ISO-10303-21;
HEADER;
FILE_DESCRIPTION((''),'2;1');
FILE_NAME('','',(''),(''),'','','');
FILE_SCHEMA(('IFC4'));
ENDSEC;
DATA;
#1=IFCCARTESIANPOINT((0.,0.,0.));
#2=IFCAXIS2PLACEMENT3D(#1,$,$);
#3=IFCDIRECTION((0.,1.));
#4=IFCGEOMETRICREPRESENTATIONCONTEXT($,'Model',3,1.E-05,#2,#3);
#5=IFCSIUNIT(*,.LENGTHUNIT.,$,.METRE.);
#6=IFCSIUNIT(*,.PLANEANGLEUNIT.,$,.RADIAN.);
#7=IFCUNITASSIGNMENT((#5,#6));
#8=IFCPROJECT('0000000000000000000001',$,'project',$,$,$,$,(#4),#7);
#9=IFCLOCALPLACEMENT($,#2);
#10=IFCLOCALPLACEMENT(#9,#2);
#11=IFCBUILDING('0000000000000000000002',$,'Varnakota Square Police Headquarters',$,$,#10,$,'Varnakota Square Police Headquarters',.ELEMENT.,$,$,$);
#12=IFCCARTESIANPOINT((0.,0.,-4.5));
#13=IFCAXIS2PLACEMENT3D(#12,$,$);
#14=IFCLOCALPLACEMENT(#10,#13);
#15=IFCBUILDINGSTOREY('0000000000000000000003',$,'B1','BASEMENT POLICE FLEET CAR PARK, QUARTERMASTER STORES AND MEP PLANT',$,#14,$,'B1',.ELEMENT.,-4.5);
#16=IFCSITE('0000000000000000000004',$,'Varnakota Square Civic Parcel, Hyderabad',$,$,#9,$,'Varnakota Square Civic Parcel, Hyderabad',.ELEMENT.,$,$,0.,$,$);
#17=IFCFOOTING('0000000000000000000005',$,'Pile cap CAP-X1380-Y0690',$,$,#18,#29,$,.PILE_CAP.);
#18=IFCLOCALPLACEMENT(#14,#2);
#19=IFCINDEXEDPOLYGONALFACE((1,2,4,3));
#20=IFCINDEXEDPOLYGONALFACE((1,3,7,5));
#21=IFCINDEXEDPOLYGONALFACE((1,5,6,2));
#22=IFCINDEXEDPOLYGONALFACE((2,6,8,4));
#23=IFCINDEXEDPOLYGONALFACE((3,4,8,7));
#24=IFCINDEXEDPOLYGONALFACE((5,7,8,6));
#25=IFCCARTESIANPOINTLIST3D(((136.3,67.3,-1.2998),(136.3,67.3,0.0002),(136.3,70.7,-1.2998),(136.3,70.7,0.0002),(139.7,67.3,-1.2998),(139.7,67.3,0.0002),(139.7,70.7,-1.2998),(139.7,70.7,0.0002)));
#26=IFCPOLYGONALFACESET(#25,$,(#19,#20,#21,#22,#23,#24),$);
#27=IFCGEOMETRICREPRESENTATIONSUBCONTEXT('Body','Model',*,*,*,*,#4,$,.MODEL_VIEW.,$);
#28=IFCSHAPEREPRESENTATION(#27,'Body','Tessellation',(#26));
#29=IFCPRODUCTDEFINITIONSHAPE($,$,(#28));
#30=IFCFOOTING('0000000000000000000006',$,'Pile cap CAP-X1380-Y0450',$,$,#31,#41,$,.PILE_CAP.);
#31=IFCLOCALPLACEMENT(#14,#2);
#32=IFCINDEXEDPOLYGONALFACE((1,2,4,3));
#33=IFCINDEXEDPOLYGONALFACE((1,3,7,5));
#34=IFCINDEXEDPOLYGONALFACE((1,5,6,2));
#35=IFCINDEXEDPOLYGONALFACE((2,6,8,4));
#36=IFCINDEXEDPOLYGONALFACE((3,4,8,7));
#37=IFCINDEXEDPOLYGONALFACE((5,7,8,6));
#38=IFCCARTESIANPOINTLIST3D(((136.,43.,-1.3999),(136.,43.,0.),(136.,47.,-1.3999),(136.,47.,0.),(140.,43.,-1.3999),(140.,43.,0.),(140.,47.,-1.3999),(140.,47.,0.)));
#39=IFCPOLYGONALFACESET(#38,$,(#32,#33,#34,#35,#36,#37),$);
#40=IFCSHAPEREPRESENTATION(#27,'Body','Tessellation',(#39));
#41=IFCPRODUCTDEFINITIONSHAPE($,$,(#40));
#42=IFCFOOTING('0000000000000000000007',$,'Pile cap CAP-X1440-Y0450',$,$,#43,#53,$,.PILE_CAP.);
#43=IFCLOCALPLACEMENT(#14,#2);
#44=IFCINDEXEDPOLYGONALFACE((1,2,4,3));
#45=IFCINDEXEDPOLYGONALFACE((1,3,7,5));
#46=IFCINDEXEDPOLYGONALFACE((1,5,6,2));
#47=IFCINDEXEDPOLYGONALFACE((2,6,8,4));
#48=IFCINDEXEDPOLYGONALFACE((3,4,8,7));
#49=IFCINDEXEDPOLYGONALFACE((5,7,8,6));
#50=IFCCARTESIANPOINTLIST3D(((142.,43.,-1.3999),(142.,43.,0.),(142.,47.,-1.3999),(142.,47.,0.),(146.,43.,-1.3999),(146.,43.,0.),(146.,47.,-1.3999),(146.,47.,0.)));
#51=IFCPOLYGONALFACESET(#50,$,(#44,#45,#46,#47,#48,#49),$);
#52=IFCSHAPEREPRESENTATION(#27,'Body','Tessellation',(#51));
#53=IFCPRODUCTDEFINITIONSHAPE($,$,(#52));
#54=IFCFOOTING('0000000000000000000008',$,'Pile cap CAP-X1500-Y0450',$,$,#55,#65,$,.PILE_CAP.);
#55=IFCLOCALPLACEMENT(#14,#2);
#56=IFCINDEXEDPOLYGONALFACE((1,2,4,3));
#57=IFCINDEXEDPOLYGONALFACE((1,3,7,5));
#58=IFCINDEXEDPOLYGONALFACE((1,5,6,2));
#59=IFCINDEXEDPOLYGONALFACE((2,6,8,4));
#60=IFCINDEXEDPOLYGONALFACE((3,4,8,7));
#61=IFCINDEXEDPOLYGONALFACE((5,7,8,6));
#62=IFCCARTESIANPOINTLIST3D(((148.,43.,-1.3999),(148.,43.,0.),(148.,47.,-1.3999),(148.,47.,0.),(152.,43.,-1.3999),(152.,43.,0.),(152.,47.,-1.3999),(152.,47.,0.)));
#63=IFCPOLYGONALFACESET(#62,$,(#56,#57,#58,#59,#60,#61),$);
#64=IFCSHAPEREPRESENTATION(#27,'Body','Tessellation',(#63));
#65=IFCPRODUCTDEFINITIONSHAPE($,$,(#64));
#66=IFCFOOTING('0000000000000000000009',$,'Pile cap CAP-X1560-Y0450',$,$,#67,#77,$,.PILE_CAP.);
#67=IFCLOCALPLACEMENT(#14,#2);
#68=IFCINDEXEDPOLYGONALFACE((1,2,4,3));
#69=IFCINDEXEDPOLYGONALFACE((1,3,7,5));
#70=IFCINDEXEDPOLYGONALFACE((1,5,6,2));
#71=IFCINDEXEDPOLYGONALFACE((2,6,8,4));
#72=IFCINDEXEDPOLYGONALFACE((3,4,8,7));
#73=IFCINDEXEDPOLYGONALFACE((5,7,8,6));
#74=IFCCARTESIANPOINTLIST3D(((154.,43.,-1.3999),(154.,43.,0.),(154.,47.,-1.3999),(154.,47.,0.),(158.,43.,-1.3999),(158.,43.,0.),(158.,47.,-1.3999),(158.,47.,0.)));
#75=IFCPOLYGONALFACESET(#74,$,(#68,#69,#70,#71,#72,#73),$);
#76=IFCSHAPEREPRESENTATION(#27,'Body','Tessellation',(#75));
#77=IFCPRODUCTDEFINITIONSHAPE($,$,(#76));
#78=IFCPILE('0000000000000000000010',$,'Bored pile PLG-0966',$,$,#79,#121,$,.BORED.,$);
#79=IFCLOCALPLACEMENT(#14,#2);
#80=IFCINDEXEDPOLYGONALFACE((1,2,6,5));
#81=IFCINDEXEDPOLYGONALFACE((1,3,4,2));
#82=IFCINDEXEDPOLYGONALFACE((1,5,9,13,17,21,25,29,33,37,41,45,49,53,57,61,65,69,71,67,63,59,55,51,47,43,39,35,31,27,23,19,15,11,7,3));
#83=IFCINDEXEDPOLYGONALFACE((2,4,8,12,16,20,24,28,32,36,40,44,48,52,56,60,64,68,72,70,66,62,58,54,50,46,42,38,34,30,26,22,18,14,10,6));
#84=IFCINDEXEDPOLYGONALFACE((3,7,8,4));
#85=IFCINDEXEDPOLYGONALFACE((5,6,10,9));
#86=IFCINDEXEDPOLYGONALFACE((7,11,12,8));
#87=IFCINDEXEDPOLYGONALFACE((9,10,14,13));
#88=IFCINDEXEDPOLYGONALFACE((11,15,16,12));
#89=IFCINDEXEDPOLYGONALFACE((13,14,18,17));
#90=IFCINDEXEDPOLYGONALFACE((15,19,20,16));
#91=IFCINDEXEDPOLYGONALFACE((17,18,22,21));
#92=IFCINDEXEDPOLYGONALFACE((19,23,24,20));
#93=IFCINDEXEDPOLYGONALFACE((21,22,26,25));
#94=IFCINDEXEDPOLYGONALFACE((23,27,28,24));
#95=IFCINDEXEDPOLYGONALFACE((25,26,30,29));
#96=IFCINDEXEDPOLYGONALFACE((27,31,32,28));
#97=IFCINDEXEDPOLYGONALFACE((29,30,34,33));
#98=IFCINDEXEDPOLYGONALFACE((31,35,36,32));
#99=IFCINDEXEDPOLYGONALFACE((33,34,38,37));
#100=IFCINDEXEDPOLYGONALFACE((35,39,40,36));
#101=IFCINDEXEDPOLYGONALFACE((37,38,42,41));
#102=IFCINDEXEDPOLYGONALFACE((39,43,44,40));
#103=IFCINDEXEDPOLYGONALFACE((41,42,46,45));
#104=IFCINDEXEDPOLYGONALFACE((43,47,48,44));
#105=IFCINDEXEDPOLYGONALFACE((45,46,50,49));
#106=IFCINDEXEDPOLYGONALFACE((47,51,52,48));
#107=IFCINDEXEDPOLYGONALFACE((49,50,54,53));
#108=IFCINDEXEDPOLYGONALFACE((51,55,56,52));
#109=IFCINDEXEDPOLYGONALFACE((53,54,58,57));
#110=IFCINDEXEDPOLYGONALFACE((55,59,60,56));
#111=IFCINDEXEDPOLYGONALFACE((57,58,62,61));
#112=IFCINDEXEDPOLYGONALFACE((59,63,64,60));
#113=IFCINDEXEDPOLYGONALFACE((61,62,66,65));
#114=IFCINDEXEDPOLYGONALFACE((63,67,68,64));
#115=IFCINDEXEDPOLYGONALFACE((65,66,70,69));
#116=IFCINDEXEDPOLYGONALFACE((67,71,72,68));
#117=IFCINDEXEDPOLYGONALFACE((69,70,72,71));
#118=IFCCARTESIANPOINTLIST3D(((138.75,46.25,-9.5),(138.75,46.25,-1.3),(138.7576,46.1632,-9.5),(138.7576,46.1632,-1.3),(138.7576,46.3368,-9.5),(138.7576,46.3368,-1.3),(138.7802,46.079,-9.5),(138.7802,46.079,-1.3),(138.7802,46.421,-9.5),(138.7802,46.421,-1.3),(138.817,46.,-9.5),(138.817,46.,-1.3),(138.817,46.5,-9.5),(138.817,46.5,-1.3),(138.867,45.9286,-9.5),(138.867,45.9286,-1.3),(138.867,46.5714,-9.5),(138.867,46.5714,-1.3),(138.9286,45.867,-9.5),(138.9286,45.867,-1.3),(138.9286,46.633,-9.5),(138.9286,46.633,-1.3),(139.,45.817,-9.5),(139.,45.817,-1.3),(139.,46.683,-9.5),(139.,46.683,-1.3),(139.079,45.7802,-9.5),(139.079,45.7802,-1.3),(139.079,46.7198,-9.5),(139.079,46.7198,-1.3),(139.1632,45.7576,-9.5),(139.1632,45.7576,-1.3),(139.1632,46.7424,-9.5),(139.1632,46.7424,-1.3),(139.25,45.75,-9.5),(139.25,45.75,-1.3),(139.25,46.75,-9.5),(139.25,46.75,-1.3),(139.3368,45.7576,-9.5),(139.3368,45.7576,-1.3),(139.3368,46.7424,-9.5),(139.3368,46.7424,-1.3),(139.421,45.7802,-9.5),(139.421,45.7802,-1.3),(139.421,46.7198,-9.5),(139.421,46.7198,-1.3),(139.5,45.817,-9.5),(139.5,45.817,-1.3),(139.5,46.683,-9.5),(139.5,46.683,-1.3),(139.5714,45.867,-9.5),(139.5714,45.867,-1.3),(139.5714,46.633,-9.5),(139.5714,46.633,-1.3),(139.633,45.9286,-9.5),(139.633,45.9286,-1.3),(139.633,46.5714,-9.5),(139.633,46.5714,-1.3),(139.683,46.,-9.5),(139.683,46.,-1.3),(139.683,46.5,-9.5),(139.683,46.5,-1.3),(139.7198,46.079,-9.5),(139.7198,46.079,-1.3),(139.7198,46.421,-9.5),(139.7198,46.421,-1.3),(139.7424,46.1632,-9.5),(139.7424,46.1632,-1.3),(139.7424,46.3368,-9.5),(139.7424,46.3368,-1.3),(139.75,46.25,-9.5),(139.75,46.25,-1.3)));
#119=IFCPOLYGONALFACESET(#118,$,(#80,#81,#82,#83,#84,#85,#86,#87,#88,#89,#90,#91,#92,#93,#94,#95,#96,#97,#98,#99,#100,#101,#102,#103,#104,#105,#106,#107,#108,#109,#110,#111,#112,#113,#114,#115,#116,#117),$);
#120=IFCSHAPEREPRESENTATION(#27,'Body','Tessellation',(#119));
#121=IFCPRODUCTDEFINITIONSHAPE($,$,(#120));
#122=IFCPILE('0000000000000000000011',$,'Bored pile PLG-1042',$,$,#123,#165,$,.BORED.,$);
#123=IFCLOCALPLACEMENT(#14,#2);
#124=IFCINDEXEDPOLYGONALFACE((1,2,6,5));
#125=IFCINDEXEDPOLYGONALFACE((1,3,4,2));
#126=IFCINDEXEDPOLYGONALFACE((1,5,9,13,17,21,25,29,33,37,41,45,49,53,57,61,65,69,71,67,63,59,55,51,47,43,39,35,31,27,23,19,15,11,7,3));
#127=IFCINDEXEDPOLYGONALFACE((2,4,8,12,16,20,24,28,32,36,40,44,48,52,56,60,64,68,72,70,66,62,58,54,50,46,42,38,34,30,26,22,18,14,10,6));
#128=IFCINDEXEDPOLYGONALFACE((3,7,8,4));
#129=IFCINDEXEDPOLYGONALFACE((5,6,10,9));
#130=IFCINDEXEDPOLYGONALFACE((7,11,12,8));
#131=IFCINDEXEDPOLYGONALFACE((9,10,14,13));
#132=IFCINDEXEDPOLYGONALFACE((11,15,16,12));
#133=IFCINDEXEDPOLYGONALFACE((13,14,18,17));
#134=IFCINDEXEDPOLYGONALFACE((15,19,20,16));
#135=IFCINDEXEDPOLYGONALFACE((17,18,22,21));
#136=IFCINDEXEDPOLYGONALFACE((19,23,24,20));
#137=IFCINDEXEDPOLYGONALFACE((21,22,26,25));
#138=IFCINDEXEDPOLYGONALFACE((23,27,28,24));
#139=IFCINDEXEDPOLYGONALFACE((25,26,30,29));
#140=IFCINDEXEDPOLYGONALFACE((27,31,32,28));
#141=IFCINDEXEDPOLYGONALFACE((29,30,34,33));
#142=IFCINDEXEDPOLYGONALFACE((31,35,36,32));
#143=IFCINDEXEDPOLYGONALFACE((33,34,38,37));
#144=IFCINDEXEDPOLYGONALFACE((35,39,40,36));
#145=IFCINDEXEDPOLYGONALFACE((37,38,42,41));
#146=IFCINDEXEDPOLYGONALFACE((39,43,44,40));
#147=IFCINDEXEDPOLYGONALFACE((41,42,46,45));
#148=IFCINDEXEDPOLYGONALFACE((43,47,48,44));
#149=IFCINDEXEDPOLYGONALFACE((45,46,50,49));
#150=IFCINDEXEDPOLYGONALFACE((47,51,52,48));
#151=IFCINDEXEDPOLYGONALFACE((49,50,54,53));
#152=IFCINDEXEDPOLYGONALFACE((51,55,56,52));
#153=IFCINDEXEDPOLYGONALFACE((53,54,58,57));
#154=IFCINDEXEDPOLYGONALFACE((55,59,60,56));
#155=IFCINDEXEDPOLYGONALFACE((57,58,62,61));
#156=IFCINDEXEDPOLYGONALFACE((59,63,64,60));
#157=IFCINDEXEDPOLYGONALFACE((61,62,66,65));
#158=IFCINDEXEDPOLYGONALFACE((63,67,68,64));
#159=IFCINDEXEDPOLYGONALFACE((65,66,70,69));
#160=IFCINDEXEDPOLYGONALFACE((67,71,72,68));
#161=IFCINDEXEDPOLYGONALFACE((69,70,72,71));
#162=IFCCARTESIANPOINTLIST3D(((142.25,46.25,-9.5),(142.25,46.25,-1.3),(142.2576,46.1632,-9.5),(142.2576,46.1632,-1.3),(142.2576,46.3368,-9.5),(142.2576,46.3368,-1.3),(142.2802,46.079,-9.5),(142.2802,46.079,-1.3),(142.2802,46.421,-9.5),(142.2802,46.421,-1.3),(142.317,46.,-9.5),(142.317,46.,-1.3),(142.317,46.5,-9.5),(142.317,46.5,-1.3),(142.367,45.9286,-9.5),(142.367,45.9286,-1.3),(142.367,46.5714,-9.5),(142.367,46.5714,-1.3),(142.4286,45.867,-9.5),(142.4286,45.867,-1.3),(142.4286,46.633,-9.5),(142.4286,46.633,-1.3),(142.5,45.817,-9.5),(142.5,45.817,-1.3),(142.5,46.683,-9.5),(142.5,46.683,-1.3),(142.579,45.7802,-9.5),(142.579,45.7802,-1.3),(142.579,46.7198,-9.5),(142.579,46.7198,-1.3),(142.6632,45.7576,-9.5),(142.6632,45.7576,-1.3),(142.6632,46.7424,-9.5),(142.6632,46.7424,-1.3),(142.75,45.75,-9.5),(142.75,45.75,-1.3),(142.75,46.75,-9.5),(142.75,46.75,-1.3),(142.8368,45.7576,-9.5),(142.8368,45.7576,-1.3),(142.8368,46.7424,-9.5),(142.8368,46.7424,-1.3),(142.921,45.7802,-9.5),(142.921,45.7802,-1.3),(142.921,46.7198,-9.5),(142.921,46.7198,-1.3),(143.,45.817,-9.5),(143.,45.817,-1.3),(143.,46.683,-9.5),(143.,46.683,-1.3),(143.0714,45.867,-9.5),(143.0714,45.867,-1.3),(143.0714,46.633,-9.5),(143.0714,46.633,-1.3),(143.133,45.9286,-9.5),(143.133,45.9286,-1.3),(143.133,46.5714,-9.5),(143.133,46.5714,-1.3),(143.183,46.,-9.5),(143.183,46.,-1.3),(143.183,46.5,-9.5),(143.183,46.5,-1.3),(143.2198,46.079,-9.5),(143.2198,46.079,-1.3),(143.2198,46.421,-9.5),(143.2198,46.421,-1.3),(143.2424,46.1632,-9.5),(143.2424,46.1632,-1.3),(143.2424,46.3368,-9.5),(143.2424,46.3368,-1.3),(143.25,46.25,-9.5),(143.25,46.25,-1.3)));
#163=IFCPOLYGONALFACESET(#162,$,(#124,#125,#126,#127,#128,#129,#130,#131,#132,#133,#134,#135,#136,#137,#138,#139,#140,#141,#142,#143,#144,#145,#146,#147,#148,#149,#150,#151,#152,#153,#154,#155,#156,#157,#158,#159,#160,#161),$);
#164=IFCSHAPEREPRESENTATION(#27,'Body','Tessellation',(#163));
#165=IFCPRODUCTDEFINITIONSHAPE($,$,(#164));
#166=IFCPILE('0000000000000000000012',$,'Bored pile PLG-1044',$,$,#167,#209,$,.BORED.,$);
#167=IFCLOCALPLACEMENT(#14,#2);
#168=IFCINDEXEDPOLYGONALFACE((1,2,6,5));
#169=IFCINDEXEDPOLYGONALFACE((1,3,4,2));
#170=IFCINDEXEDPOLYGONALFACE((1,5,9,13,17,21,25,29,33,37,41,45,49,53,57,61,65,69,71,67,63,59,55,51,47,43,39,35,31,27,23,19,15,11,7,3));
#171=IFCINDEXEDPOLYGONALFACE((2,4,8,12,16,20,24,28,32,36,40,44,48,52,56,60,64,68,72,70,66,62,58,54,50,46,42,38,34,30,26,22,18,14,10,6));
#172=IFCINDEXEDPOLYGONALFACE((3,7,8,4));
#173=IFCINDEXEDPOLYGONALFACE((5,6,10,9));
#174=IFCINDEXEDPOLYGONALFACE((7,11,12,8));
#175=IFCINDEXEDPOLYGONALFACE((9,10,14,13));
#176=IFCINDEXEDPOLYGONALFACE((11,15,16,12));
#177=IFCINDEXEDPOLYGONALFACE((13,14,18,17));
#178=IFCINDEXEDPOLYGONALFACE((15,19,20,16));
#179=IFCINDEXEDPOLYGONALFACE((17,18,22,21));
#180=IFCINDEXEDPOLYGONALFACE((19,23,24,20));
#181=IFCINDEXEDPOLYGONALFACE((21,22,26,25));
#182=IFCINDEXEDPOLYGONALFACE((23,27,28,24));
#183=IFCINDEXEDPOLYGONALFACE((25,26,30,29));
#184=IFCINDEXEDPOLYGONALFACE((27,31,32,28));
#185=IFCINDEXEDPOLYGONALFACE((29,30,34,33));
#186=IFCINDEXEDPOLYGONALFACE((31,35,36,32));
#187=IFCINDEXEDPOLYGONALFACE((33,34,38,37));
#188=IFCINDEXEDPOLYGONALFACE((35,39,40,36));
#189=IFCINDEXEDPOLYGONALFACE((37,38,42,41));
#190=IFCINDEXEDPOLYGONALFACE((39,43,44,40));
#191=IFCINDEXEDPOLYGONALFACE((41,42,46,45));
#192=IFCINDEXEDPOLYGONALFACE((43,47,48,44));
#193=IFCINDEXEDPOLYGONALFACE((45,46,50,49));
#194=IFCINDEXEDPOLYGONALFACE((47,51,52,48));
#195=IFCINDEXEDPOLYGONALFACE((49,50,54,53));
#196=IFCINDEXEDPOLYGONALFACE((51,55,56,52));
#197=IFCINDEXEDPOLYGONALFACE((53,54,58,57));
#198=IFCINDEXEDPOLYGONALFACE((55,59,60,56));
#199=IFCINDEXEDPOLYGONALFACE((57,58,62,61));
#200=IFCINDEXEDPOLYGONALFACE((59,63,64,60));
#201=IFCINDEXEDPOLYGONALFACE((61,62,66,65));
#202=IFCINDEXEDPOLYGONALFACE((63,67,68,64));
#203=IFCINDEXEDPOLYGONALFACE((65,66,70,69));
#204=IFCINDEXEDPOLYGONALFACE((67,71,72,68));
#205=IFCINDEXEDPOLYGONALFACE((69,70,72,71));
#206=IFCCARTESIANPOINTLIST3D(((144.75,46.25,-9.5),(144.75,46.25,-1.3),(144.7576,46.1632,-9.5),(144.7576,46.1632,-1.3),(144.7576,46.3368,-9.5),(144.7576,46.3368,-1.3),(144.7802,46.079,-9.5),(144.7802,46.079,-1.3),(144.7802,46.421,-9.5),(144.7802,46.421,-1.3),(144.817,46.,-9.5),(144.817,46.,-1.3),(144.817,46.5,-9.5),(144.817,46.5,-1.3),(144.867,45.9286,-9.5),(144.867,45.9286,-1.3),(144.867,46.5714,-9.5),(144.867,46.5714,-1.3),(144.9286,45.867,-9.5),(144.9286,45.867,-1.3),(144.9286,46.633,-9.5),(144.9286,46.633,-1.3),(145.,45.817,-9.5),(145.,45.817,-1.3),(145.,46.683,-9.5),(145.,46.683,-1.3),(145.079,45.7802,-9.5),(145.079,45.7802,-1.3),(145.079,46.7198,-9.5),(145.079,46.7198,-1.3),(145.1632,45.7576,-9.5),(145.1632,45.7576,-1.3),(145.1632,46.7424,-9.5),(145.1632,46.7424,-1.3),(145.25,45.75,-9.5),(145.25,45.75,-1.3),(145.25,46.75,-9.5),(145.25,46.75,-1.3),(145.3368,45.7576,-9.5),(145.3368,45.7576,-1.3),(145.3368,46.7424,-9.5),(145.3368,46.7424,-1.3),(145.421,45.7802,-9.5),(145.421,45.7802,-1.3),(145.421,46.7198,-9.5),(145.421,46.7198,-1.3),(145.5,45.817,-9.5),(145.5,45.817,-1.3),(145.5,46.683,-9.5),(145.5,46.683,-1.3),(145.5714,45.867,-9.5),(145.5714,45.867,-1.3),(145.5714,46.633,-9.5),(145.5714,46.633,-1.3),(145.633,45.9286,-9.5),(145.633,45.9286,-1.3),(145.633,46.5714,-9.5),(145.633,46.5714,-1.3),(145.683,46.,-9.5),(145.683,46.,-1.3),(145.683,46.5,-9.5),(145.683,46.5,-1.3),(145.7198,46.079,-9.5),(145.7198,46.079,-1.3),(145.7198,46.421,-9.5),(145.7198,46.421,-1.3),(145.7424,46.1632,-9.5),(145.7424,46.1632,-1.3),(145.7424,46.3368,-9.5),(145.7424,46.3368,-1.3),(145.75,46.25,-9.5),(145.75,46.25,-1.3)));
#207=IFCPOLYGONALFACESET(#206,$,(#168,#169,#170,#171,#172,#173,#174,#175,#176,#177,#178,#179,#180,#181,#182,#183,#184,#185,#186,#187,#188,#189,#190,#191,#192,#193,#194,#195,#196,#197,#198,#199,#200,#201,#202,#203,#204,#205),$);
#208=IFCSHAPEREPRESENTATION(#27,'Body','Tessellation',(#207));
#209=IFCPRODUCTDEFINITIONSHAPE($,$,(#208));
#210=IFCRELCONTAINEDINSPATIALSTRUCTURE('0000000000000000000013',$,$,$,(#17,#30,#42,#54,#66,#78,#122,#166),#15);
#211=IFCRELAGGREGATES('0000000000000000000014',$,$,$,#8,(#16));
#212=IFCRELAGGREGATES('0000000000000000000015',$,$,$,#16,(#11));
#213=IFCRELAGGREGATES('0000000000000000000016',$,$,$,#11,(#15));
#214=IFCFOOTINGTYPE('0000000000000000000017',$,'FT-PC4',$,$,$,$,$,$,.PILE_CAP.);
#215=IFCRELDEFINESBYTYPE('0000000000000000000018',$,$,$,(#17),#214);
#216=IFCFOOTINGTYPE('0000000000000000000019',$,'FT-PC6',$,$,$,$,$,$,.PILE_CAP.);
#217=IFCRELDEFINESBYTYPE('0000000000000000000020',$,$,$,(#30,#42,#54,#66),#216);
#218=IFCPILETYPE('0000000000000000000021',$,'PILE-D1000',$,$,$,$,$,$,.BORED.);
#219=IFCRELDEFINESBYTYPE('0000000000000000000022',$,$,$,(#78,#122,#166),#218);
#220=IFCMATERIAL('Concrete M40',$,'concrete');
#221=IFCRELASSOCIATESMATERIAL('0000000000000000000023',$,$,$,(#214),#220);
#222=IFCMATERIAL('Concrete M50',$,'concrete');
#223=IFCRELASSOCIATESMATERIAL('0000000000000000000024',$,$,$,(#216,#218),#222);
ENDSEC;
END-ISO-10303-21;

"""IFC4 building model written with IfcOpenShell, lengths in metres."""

from ifc_helpers import new_model, si_unit, direction, frame, origin, origin_2d, place, context, subcontext, project, spatial, rectangle, circle, extrude, material, material_profile, profile_set, type_object, element, save


model = new_model("IFC4")

# Units and contexts
model_context = context("Model", 3, precision=1e-05, world=origin(), true_north=direction((0.0, 1.0)))
body_context = subcontext(model_context, "Body", "Model", "MODEL_VIEW")
ifc_project = project(units=[si_unit("LENGTHUNIT", "METRE"), si_unit("PLANEANGLEUNIT", "RADIAN")], contexts=[model_context])

# Site, building, storey
site_placement = place(None, origin())
site = spatial("IfcSite", under=ifc_project, at=site_placement, Name="Varnakota Square Civic Parcel, Hyderabad", LongName="Varnakota Square Civic Parcel, Hyderabad", CompositionType="ELEMENT", RefElevation=0.0)
building_placement = place(site_placement, origin())
building = spatial("IfcBuilding", under=site, at=building_placement, Name="Varnakota Square Police Headquarters", LongName="Varnakota Square Police Headquarters", CompositionType="ELEMENT")
storey_placement = place(building_placement, frame((0.0, 0.0, -4.5)))
storey = spatial("IfcBuildingStorey", under=building, at=storey_placement, Name="B1", Description="BASEMENT POLICE FLEET CAR PARK, QUARTERMASTER STORES AND MEP PLANT", LongName="B1", CompositionType="ELEMENT", Elevation=-4.5)

# Footings
ifc_material_1 = material(Name="Concrete M40", Category="concrete")
footing_type_1 = type_object("IfcFootingType", Name="FT-PC4", PredefinedType="PILE_CAP", material=ifc_material_1)
footing_placement = place(storey_placement, frame((138.0, 69.0, -1.2998), z_axis=(0.0, 0.0, 1.0), x_axis=(1.0, 0.0, 0.0)))
element("IfcFooting", 1, at=footing_placement, inside=storey, type_object=footing_type_1, Name="Pile cap CAP-X1380-Y0690", PredefinedType="PILE_CAP", context=body_context, shape_type="SweptSolid", body=[
    extrude(rectangle(XDim=3.3999, YDim=3.3999, at=origin_2d()), origin(), (0.0, 0.0, 1.0), 1.3),
])
ifc_material_2 = material(Name="Concrete M50", Category="concrete")
footing_type_2 = type_object("IfcFootingType", Name="FT-PC6", PredefinedType="PILE_CAP", material=ifc_material_2)
for number, where, z_axis, x_axis, name in (
    (2, (138.0, 45.0, -1.3999), (0.0, 0.0, 1.0), (1.0, 0.0, 0.0), "Pile cap CAP-X1380-Y0450"),
    (3, (144.0, 45.0, -1.3999), (0.0, 0.0, 1.0), (1.0, 0.0, 0.0), "Pile cap CAP-X1440-Y0450"),
    (4, (150.0, 45.0, -1.3999), (0.0, 0.0, 1.0), (1.0, 0.0, 0.0), "Pile cap CAP-X1500-Y0450"),
    (5, (156.0, 45.0, -1.3999), (0.0, 0.0, 1.0), (1.0, 0.0, 0.0), "Pile cap CAP-X1560-Y0450"),
):
    element("IfcFooting", number, at=place(storey_placement, frame(where, z_axis=z_axis, x_axis=x_axis)), inside=storey, type_object=footing_type_2, Name=name, PredefinedType="PILE_CAP", context=body_context, shape_type="SweptSolid", body=[
        extrude(rectangle(XDim=4.0, YDim=4.0, at=origin_2d()), origin(), (0.0, 0.0, 1.0), 1.3999),
    ])

# Piles
ifc_material_profile_1 = material_profile(ifc_material_2, circle(Radius=0.5, at=origin_2d()), Name="BORED PILE 1000")
ifc_profile_set_1 = profile_set([ifc_material_profile_1], Name="Concrete M50")
pile_type_1 = type_object("IfcPileType", Name="PILE-D1000", PredefinedType="BORED", material=ifc_profile_set_1)
for number, where, z_axis, x_axis, name in (
    (6, (139.25, 46.25, -1.3), (0.0, 0.0, -1.0), (1.0, 0.0, 0.0), "Bored pile PLG-0966"),
    (7, (142.75, 46.25, -1.3), (0.0, 0.0, -1.0), (1.0, 0.0, 0.0), "Bored pile PLG-1042"),
    (8, (145.25, 46.25, -1.3), (0.0, 0.0, -1.0), (1.0, 0.0, 0.0), "Bored pile PLG-1044"),
):
    element("IfcPile", number, at=place(storey_placement, frame(where, z_axis=z_axis, x_axis=x_axis)), inside=storey, type_object=pile_type_1, Name=name, PredefinedType="BORED", context=body_context, shape_type="SweptSolid", body=[
        extrude(circle(Radius=0.5, at=origin_2d()), origin(), (0.0, 0.0, 1.0), 8.2),
    ])

save(model, "model.ifc")
